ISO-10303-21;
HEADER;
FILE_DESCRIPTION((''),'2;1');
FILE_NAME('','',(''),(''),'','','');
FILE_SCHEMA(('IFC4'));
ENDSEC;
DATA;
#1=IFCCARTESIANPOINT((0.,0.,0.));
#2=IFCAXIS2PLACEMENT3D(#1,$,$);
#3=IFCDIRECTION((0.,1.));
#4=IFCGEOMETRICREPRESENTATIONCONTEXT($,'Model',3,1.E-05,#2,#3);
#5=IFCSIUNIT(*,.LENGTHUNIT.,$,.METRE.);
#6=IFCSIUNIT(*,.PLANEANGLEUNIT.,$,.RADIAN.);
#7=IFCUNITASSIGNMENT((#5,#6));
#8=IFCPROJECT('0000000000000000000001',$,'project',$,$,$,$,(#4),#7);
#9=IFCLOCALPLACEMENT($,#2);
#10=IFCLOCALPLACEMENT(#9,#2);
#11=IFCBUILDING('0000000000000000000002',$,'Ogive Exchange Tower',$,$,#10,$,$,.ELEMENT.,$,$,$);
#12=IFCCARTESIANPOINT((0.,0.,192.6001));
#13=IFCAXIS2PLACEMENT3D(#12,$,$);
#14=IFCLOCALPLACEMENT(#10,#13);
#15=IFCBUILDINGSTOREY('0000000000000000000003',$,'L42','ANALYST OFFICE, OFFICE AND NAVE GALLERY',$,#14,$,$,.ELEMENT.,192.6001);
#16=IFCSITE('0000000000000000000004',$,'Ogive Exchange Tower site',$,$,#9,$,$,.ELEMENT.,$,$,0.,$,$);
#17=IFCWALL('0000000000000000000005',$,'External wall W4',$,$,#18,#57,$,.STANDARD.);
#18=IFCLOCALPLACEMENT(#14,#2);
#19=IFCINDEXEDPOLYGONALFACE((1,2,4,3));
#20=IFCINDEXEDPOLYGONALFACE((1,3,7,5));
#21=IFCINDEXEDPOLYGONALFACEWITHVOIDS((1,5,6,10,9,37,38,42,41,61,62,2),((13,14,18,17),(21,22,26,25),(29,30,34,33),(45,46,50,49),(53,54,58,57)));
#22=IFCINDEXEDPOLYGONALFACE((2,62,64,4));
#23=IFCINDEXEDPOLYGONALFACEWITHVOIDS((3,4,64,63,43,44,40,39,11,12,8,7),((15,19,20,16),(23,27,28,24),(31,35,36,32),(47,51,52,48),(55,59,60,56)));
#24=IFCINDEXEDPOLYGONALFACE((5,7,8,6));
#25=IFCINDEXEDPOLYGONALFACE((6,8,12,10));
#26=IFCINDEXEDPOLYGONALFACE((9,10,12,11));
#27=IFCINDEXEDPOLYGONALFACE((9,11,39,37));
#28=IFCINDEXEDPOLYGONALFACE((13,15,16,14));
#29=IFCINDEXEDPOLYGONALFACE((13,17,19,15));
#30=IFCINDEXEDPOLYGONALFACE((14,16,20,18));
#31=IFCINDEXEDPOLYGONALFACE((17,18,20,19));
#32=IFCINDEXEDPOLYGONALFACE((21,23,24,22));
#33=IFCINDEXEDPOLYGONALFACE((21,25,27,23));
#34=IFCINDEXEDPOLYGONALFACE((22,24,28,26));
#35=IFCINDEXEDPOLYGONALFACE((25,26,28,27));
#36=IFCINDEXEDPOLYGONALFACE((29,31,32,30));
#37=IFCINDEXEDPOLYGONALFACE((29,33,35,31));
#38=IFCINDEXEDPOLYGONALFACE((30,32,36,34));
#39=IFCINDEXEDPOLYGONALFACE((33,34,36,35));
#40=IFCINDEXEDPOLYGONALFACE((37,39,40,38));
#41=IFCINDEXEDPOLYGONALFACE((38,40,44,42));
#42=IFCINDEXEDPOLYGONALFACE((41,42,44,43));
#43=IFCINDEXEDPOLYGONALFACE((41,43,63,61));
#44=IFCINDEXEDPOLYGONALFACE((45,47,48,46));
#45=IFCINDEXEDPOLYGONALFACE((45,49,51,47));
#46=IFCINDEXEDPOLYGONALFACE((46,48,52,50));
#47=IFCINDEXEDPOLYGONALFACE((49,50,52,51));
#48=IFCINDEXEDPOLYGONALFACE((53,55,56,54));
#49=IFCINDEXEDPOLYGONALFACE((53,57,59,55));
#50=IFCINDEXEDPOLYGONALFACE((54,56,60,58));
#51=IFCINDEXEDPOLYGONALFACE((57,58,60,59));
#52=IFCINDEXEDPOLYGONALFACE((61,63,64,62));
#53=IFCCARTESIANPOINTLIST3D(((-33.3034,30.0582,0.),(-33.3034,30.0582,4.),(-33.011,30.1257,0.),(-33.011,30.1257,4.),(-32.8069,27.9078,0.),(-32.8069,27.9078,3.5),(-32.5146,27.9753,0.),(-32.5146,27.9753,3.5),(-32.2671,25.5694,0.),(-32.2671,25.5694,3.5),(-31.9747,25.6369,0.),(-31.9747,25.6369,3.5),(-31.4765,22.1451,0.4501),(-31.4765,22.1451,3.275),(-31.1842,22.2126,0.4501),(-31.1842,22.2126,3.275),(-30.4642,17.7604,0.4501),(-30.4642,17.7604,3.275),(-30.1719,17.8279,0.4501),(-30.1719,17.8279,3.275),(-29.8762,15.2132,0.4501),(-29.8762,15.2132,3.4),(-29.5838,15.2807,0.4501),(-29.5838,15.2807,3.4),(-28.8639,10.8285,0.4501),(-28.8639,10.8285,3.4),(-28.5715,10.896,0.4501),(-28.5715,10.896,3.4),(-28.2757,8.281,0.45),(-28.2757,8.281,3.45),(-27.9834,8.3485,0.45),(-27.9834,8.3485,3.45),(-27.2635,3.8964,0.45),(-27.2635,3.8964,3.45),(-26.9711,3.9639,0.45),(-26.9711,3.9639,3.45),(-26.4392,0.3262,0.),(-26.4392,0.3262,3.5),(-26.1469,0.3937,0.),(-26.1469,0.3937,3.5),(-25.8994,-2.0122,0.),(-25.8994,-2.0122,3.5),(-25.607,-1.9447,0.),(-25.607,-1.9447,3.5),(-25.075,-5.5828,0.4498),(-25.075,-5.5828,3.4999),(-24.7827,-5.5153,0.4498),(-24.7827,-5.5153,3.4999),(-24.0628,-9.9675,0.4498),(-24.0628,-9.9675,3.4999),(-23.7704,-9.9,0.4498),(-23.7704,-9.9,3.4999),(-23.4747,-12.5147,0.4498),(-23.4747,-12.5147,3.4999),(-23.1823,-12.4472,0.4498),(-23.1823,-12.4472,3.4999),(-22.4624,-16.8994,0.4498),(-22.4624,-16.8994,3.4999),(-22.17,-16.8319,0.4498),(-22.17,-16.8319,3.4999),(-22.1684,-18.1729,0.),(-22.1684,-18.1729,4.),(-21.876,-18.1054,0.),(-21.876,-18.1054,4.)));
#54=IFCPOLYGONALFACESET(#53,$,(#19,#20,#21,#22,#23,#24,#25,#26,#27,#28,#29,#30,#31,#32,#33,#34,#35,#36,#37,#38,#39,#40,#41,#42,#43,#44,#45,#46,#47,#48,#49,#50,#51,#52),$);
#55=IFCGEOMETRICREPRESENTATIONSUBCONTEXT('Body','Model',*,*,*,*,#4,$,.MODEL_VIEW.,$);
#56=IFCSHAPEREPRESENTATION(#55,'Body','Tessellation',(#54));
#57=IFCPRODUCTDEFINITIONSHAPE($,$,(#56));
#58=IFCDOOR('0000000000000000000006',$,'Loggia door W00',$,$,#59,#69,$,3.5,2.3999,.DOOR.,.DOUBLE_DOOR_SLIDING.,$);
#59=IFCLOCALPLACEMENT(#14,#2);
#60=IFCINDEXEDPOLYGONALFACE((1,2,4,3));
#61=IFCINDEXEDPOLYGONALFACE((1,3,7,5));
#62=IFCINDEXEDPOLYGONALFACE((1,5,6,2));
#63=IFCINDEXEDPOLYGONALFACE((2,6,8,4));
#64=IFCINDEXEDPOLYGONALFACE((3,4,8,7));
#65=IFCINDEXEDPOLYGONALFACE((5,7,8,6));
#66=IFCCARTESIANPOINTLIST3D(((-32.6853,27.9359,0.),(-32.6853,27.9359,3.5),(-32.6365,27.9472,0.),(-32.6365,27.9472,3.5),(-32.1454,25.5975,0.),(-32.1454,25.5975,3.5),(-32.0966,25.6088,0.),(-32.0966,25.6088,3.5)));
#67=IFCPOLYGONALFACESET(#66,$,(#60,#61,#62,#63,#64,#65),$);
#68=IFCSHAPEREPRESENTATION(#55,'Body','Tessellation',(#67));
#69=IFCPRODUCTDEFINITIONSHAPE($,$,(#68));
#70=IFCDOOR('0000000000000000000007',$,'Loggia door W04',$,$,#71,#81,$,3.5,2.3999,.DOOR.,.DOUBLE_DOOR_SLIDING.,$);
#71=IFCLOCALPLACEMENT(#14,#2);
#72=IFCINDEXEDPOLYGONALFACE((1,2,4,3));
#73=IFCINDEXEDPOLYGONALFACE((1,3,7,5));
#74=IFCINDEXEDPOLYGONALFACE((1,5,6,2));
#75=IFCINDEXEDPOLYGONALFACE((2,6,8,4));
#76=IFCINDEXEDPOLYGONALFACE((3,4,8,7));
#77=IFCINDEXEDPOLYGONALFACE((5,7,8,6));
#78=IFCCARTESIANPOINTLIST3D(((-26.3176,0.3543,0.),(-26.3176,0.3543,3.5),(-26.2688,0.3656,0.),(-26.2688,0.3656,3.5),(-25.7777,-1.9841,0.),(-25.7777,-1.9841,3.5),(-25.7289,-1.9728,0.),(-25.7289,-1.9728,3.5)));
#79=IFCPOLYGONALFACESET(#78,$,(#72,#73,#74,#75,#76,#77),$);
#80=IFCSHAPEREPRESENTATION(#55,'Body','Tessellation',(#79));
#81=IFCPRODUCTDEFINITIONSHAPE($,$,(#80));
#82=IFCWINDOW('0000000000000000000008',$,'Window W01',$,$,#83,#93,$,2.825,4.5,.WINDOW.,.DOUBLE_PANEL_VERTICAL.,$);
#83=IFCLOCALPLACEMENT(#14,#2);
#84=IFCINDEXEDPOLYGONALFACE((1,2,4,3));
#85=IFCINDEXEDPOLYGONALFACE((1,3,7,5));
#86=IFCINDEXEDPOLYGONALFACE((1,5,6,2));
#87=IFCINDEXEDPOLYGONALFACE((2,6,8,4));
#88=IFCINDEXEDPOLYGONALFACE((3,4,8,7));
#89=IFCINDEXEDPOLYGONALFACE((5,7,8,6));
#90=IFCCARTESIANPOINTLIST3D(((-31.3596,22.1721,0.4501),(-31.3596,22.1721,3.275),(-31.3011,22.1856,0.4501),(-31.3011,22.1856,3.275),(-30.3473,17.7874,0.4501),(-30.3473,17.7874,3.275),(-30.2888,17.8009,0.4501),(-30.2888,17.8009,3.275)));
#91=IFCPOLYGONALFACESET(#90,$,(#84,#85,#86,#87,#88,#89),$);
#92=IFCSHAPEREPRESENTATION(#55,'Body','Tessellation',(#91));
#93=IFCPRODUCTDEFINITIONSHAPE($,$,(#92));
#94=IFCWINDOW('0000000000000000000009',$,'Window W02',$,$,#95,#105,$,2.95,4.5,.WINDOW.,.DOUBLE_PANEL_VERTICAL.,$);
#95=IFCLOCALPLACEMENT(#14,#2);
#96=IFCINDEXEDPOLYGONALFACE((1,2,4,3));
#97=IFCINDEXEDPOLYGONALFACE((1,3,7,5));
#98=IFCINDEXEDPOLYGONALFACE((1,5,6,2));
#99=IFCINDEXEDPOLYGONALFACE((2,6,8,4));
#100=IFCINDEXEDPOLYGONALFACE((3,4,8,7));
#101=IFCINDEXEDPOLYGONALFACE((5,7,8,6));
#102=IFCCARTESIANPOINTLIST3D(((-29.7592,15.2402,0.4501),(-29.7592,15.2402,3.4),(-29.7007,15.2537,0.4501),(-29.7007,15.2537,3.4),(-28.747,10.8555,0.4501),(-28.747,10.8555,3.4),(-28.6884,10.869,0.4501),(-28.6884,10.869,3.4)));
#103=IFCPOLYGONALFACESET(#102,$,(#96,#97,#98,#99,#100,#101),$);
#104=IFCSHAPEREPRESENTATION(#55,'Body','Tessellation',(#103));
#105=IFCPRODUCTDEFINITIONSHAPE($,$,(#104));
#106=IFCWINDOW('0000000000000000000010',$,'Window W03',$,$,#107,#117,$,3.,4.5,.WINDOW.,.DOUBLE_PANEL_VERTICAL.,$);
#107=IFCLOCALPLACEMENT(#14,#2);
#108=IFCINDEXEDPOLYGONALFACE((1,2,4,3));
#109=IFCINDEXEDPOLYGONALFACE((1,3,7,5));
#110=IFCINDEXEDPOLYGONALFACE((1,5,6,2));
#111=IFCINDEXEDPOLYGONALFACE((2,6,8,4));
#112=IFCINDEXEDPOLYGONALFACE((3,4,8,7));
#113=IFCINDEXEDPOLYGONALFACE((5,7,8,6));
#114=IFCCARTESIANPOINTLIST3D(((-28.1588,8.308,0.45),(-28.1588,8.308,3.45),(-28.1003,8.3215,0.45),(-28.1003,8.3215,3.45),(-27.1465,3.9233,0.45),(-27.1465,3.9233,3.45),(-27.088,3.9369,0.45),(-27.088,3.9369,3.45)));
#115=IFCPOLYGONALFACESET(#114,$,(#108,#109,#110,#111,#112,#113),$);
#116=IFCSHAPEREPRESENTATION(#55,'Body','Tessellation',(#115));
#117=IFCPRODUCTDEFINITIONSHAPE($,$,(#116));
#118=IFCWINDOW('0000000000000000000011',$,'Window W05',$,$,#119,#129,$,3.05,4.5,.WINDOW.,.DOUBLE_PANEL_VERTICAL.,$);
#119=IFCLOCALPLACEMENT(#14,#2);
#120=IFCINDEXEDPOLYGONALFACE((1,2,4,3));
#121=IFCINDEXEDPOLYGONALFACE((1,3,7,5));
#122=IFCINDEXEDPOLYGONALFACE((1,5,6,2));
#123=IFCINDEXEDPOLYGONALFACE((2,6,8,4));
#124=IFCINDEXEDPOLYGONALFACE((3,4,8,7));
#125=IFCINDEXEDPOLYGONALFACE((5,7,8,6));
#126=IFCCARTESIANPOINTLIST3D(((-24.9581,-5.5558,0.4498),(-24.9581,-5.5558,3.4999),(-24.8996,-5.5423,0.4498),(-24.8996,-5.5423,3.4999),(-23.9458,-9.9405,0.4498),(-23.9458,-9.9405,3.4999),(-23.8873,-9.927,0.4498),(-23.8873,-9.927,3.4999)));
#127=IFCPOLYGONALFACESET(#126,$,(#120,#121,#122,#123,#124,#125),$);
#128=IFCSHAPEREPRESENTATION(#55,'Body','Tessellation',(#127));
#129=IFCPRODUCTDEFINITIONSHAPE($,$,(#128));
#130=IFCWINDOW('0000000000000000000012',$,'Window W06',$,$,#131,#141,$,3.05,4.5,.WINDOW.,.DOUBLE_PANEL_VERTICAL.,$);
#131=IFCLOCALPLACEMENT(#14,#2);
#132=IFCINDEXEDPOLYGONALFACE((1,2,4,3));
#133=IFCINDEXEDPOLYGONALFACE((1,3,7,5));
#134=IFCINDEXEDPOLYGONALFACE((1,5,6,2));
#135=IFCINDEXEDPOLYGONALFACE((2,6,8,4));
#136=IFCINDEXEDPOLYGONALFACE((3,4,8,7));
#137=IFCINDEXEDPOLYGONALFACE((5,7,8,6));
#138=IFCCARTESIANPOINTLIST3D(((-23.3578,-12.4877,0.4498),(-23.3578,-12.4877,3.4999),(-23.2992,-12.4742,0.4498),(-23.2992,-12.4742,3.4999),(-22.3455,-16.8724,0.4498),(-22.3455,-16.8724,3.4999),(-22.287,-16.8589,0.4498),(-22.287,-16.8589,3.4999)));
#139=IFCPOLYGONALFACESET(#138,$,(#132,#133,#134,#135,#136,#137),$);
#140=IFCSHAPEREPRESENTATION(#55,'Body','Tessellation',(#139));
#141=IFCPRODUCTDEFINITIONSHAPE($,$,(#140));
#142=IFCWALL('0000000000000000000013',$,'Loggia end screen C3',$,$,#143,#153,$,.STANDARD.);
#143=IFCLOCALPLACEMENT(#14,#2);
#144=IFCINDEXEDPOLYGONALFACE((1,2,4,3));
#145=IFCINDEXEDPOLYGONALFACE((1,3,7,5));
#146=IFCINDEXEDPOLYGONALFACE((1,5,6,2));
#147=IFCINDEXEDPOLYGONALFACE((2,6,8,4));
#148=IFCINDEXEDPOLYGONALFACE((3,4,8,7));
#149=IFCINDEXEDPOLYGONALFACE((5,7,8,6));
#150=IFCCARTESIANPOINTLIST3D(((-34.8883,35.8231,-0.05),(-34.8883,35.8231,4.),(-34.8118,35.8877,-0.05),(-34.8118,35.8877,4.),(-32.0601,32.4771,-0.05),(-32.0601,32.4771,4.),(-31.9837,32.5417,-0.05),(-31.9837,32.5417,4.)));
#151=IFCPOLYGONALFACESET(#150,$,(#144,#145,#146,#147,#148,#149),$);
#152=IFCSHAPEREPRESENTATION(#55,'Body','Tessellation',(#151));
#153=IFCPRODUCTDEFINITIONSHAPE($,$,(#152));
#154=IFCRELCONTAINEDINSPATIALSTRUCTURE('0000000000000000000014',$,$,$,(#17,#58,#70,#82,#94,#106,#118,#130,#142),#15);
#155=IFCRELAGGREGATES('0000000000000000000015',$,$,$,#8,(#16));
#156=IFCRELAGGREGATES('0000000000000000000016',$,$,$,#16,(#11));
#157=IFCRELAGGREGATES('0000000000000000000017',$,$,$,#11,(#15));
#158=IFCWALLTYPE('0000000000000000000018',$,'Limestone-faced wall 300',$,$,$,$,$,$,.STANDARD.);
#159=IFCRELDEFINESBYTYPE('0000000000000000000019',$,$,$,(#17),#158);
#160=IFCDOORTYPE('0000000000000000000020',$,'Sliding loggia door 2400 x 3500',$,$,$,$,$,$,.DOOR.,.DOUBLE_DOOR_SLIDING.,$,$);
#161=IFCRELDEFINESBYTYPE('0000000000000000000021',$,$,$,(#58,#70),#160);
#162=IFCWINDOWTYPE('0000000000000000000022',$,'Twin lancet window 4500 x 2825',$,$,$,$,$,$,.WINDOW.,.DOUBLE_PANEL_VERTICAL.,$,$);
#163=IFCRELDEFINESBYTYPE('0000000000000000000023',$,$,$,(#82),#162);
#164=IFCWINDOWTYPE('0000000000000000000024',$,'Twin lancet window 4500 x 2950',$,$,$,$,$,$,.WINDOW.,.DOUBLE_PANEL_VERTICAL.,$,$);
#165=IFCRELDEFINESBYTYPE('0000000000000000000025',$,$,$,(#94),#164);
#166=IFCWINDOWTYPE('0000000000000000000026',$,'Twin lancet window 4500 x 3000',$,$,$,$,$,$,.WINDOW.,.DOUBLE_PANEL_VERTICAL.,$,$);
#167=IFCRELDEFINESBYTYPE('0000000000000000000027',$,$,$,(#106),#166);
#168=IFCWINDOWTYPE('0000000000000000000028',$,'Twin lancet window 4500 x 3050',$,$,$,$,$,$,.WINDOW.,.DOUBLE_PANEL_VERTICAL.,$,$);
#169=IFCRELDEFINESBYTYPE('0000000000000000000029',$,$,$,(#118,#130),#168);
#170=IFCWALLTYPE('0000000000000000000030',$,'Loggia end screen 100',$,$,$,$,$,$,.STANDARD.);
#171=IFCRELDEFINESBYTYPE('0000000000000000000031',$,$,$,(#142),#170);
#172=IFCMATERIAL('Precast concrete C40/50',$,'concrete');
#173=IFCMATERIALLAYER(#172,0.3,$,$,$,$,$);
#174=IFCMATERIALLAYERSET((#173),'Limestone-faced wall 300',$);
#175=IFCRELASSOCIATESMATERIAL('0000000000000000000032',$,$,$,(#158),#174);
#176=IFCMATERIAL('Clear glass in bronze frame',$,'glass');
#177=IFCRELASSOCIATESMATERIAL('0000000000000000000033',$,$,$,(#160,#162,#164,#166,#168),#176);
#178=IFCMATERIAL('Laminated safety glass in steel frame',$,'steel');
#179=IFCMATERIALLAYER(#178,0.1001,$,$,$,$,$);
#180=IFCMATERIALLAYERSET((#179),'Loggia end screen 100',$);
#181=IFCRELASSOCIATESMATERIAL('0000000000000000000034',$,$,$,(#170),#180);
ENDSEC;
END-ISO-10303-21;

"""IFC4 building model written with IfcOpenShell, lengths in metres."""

from ifc_helpers import new_model, si_unit, direction, frame, frame_2d, origin, place, context, subcontext, project, spatial, rectangle, extrude, material, layer, layer_set, type_object, element, fill, save


model = new_model("IFC4")

# Units and contexts
model_context = context("Model", 3, precision=1e-05, world=origin(), true_north=direction((0.0, 1.0)))
body_context = subcontext(model_context, "Body", "Model", "MODEL_VIEW")
ifc_project = project(units=[si_unit("LENGTHUNIT", "METRE"), si_unit("PLANEANGLEUNIT", "RADIAN")], contexts=[model_context])

# Site, building, storey
site_placement = place(None, origin())
site = spatial("IfcSite", under=ifc_project, at=site_placement, Name="Ogive Exchange Tower site", CompositionType="ELEMENT", RefElevation=0.0)
building_placement = place(site_placement, origin())
building = spatial("IfcBuilding", under=site, at=building_placement, Name="Ogive Exchange Tower", CompositionType="ELEMENT")
storey_placement = place(building_placement, frame((0.0, 0.0, 192.6001)))
storey = spatial("IfcBuildingStorey", under=building, at=storey_placement, Name="L42", Description="ANALYST OFFICE, OFFICE AND NAVE GALLERY", CompositionType="ELEMENT", Elevation=192.6001)

# Wall, openings, doors, windows
ifc_material_1 = material(Name="Precast concrete C40/50", Category="concrete")
ifc_layer_1 = layer(ifc_material_1, 0.3)
ifc_layer_set_1 = layer_set([ifc_layer_1], Name="Limestone-faced wall 300")
wall_type_1 = type_object("IfcWallType", Name="Limestone-faced wall 300", PredefinedType="STANDARD", material=ifc_layer_set_1)
wall_1_placement = place(storey_placement, frame((-33.1572, 30.092, 0.0), z_axis=(0.0, 0.0, 1.0), x_axis=(0.22495, -0.97437, 0.0)))
wall_1 = element("IfcWall", 1, at=wall_1_placement, inside=storey, type_object=wall_type_1, Name="External wall W4", PredefinedType="STANDARD", context=body_context, shape_type="SweptSolid", body=[
    extrude(rectangle(XDim=49.4998, YDim=0.3, at=frame_2d((24.75, 0.0))), origin(), (0.0, 0.0, 1.0), 4.0),
])
opening_1_placement = place(wall_1_placement, frame((2.207, 0.0, 0.0)))
opening_1 = element("IfcOpeningElement", 2, at=opening_1_placement, cuts=wall_1, PredefinedType="OPENING", context=body_context, shape_type="SweptSolid", body=[
    extrude(rectangle(XDim=2.3999, YDim=3.5, at=frame_2d((1.2, 1.75))), frame((0.0, 0.1599, 0.0), z_axis=(0.0, -1.0, 0.0), x_axis=(1.0, 0.0, 0.0)), (0.0, 0.0, 1.0), 0.3201),
])
opening_2_placement = place(wall_1_placement, frame((8.1213, 0.0, 0.45)))
opening_2 = element("IfcOpeningElement", 3, at=opening_2_placement, cuts=wall_1, PredefinedType="OPENING", context=body_context, shape_type="SweptSolid", body=[
    extrude(rectangle(XDim=4.5, YDim=2.825, at=frame_2d((2.25, 1.4126))), frame((0.0, 0.1599, 0.0), z_axis=(0.0, -1.0, 0.0), x_axis=(1.0, 0.0, 0.0)), (0.0, 0.0, 1.0), 0.3201),
])
opening_3_placement = place(wall_1_placement, frame((15.2356, 0.0, 0.45)))
opening_3 = element("IfcOpeningElement", 4, at=opening_3_placement, cuts=wall_1, PredefinedType="OPENING", context=body_context, shape_type="SweptSolid", body=[
    extrude(rectangle(XDim=4.5, YDim=2.95, at=frame_2d((2.25, 1.4751))), frame((0.0, 0.1599, 0.0), z_axis=(0.0, -1.0, 0.0), x_axis=(1.0, 0.0, 0.0)), (0.0, 0.0, 1.0), 0.3201),
])
opening_4_placement = place(wall_1_placement, frame((22.3501, 0.0, 0.45)))
opening_4 = element("IfcOpeningElement", 5, at=opening_4_placement, cuts=wall_1, PredefinedType="OPENING", context=body_context, shape_type="SweptSolid", body=[
    extrude(rectangle(XDim=4.5, YDim=3.0, at=frame_2d((2.25, 1.5))), frame((0.0, 0.1599, 0.0), z_axis=(0.0, -1.0, 0.0), x_axis=(1.0, 0.0, 0.0)), (0.0, 0.0, 1.0), 0.3201),
])
opening_5_placement = place(wall_1_placement, frame((30.5142, 0.0, 0.0)))
opening_5 = element("IfcOpeningElement", 6, at=opening_5_placement, cuts=wall_1, PredefinedType="OPENING", context=body_context, shape_type="SweptSolid", body=[
    extrude(rectangle(XDim=2.3999, YDim=3.5, at=frame_2d((1.2, 1.75))), frame((0.0, 0.1599, 0.0), z_axis=(0.0, -1.0, 0.0), x_axis=(1.0, 0.0, 0.0)), (0.0, 0.0, 1.0), 0.3201),
])
opening_6_placement = place(wall_1_placement, frame((36.5786, 0.0, 0.45)))
opening_6 = element("IfcOpeningElement", 7, at=opening_6_placement, cuts=wall_1, PredefinedType="OPENING", context=body_context, shape_type="SweptSolid", body=[
    extrude(rectangle(XDim=4.5, YDim=3.05, at=frame_2d((2.25, 1.5249))), frame((0.0, 0.1599, 0.0), z_axis=(0.0, -1.0, 0.0), x_axis=(1.0, 0.0, 0.0)), (0.0, 0.0, 1.0), 0.3201),
])
opening_7_placement = place(wall_1_placement, frame((43.6929, 0.0, 0.45)))
opening_7 = element("IfcOpeningElement", 8, at=opening_7_placement, cuts=wall_1, PredefinedType="OPENING", context=body_context, shape_type="SweptSolid", body=[
    extrude(rectangle(XDim=4.5, YDim=3.05, at=frame_2d((2.25, 1.5249))), frame((0.0, 0.1599, 0.0), z_axis=(0.0, -1.0, 0.0), x_axis=(1.0, 0.0, 0.0)), (0.0, 0.0, 1.0), 0.3201),
])
ifc_material_2 = material(Name="Clear glass in bronze frame", Category="glass")
door_type_1 = type_object("IfcDoorType", Name="Sliding loggia door 2400 x 3500", OperationType="DOUBLE_DOOR_SLIDING", PredefinedType="DOOR", material=ifc_material_2)
door_1_placement = place(opening_1_placement, origin())
door_1 = element("IfcDoor", 9, at=door_1_placement, inside=storey, type_object=door_type_1, Name="Loggia door W00", OperationType="DOUBLE_DOOR_SLIDING", OverallHeight=3.5, OverallWidth=2.3999, PredefinedType="DOOR", context=body_context, shape_type="SweptSolid", body=[
    extrude(rectangle(XDim=2.3999, YDim=3.5, at=frame_2d((1.2, 1.75))), frame((0.0, 0.0249, 0.0), z_axis=(0.0, -1.0, 0.0), x_axis=(1.0, 0.0, 0.0)), (0.0, 0.0, 1.0), 0.05),
])
fill(opening_1, door_1)
door_2_placement = place(opening_5_placement, origin())
door_2 = element("IfcDoor", 10, at=door_2_placement, inside=storey, type_object=door_type_1, Name="Loggia door W04", OperationType="DOUBLE_DOOR_SLIDING", OverallHeight=3.5, OverallWidth=2.3999, PredefinedType="DOOR", context=body_context, shape_type="SweptSolid", body=[
    extrude(rectangle(XDim=2.3999, YDim=3.5, at=frame_2d((1.2, 1.75))), frame((0.0, 0.0249, 0.0), z_axis=(0.0, -1.0, 0.0), x_axis=(1.0, 0.0, 0.0)), (0.0, 0.0, 1.0), 0.05),
])
fill(opening_5, door_2)
window_type_1 = type_object("IfcWindowType", Name="Twin lancet window 4500 x 2825", PartitioningType="DOUBLE_PANEL_VERTICAL", PredefinedType="WINDOW", material=ifc_material_2)
window_1_placement = place(opening_2_placement, origin())
window_1 = element("IfcWindow", 11, at=window_1_placement, inside=storey, type_object=window_type_1, Name="Window W01", OverallHeight=2.825, OverallWidth=4.5, PartitioningType="DOUBLE_PANEL_VERTICAL", PredefinedType="WINDOW", context=body_context, shape_type="SweptSolid", body=[
    extrude(rectangle(XDim=4.5, YDim=2.825, at=frame_2d((2.25, 1.4126))), frame((0.0, 0.03, 0.0), z_axis=(0.0, -1.0, 0.0), x_axis=(1.0, 0.0, 0.0)), (0.0, 0.0, 1.0), 0.0601),
])
fill(opening_2, window_1)
window_type_2 = type_object("IfcWindowType", Name="Twin lancet window 4500 x 2950", PartitioningType="DOUBLE_PANEL_VERTICAL", PredefinedType="WINDOW", material=ifc_material_2)
window_2_placement = place(opening_3_placement, origin())
window_2 = element("IfcWindow", 12, at=window_2_placement, inside=storey, type_object=window_type_2, Name="Window W02", OverallHeight=2.95, OverallWidth=4.5, PartitioningType="DOUBLE_PANEL_VERTICAL", PredefinedType="WINDOW", context=body_context, shape_type="SweptSolid", body=[
    extrude(rectangle(XDim=4.5, YDim=2.95, at=frame_2d((2.25, 1.4751))), frame((0.0, 0.03, 0.0), z_axis=(0.0, -1.0, 0.0), x_axis=(1.0, 0.0, 0.0)), (0.0, 0.0, 1.0), 0.0601),
])
fill(opening_3, window_2)
window_type_3 = type_object("IfcWindowType", Name="Twin lancet window 4500 x 3000", PartitioningType="DOUBLE_PANEL_VERTICAL", PredefinedType="WINDOW", material=ifc_material_2)
window_3_placement = place(opening_4_placement, origin())
window_3 = element("IfcWindow", 13, at=window_3_placement, inside=storey, type_object=window_type_3, Name="Window W03", OverallHeight=3.0, OverallWidth=4.5, PartitioningType="DOUBLE_PANEL_VERTICAL", PredefinedType="WINDOW", context=body_context, shape_type="SweptSolid", body=[
    extrude(rectangle(XDim=4.5, YDim=3.0, at=frame_2d((2.25, 1.5))), frame((0.0, 0.03, 0.0), z_axis=(0.0, -1.0, 0.0), x_axis=(1.0, 0.0, 0.0)), (0.0, 0.0, 1.0), 0.0601),
])
fill(opening_4, window_3)
window_type_4 = type_object("IfcWindowType", Name="Twin lancet window 4500 x 3050", PartitioningType="DOUBLE_PANEL_VERTICAL", PredefinedType="WINDOW", material=ifc_material_2)
window_4_placement = place(opening_6_placement, origin())
window_4 = element("IfcWindow", 14, at=window_4_placement, inside=storey, type_object=window_type_4, Name="Window W05", OverallHeight=3.05, OverallWidth=4.5, PartitioningType="DOUBLE_PANEL_VERTICAL", PredefinedType="WINDOW", context=body_context, shape_type="SweptSolid", body=[
    extrude(rectangle(XDim=4.5, YDim=3.05, at=frame_2d((2.25, 1.5249))), frame((0.0, 0.03, 0.0), z_axis=(0.0, -1.0, 0.0), x_axis=(1.0, 0.0, 0.0)), (0.0, 0.0, 1.0), 0.0601),
])
fill(opening_6, window_4)
window_5_placement = place(opening_7_placement, origin())
window_5 = element("IfcWindow", 15, at=window_5_placement, inside=storey, type_object=window_type_4, Name="Window W06", OverallHeight=3.05, OverallWidth=4.5, PartitioningType="DOUBLE_PANEL_VERTICAL", PredefinedType="WINDOW", context=body_context, shape_type="SweptSolid", body=[
    extrude(rectangle(XDim=4.5, YDim=3.05, at=frame_2d((2.25, 1.5249))), frame((0.0, 0.03, 0.0), z_axis=(0.0, -1.0, 0.0), x_axis=(1.0, 0.0, 0.0)), (0.0, 0.0, 1.0), 0.0601),
])
fill(opening_7, window_5)

# Wall
ifc_material_3 = material(Name="Laminated safety glass in steel frame", Category="steel")
ifc_layer_2 = layer(ifc_material_3, 0.1001)
ifc_layer_set_2 = layer_set([ifc_layer_2], Name="Loggia end screen 100")
wall_type_2 = type_object("IfcWallType", Name="Loggia end screen 100", PredefinedType="STANDARD", material=ifc_layer_set_2)
wall_2_placement = place(storey_placement, frame((-32.022, 32.5095, -0.05), z_axis=(0.0, 0.0, 1.0), x_axis=(-0.645535, 0.763731, 0.0)))
element("IfcWall", 16, at=wall_2_placement, inside=storey, type_object=wall_type_2, Name="Loggia end screen C3", PredefinedType="STANDARD", context=body_context, shape_type="SweptSolid", body=[
    extrude(rectangle(XDim=4.3811, YDim=0.1001, at=frame_2d((2.1904, 0.0))), origin(), (0.0, 0.0, 1.0), 4.05),
])

save(model, "model.ifc")
